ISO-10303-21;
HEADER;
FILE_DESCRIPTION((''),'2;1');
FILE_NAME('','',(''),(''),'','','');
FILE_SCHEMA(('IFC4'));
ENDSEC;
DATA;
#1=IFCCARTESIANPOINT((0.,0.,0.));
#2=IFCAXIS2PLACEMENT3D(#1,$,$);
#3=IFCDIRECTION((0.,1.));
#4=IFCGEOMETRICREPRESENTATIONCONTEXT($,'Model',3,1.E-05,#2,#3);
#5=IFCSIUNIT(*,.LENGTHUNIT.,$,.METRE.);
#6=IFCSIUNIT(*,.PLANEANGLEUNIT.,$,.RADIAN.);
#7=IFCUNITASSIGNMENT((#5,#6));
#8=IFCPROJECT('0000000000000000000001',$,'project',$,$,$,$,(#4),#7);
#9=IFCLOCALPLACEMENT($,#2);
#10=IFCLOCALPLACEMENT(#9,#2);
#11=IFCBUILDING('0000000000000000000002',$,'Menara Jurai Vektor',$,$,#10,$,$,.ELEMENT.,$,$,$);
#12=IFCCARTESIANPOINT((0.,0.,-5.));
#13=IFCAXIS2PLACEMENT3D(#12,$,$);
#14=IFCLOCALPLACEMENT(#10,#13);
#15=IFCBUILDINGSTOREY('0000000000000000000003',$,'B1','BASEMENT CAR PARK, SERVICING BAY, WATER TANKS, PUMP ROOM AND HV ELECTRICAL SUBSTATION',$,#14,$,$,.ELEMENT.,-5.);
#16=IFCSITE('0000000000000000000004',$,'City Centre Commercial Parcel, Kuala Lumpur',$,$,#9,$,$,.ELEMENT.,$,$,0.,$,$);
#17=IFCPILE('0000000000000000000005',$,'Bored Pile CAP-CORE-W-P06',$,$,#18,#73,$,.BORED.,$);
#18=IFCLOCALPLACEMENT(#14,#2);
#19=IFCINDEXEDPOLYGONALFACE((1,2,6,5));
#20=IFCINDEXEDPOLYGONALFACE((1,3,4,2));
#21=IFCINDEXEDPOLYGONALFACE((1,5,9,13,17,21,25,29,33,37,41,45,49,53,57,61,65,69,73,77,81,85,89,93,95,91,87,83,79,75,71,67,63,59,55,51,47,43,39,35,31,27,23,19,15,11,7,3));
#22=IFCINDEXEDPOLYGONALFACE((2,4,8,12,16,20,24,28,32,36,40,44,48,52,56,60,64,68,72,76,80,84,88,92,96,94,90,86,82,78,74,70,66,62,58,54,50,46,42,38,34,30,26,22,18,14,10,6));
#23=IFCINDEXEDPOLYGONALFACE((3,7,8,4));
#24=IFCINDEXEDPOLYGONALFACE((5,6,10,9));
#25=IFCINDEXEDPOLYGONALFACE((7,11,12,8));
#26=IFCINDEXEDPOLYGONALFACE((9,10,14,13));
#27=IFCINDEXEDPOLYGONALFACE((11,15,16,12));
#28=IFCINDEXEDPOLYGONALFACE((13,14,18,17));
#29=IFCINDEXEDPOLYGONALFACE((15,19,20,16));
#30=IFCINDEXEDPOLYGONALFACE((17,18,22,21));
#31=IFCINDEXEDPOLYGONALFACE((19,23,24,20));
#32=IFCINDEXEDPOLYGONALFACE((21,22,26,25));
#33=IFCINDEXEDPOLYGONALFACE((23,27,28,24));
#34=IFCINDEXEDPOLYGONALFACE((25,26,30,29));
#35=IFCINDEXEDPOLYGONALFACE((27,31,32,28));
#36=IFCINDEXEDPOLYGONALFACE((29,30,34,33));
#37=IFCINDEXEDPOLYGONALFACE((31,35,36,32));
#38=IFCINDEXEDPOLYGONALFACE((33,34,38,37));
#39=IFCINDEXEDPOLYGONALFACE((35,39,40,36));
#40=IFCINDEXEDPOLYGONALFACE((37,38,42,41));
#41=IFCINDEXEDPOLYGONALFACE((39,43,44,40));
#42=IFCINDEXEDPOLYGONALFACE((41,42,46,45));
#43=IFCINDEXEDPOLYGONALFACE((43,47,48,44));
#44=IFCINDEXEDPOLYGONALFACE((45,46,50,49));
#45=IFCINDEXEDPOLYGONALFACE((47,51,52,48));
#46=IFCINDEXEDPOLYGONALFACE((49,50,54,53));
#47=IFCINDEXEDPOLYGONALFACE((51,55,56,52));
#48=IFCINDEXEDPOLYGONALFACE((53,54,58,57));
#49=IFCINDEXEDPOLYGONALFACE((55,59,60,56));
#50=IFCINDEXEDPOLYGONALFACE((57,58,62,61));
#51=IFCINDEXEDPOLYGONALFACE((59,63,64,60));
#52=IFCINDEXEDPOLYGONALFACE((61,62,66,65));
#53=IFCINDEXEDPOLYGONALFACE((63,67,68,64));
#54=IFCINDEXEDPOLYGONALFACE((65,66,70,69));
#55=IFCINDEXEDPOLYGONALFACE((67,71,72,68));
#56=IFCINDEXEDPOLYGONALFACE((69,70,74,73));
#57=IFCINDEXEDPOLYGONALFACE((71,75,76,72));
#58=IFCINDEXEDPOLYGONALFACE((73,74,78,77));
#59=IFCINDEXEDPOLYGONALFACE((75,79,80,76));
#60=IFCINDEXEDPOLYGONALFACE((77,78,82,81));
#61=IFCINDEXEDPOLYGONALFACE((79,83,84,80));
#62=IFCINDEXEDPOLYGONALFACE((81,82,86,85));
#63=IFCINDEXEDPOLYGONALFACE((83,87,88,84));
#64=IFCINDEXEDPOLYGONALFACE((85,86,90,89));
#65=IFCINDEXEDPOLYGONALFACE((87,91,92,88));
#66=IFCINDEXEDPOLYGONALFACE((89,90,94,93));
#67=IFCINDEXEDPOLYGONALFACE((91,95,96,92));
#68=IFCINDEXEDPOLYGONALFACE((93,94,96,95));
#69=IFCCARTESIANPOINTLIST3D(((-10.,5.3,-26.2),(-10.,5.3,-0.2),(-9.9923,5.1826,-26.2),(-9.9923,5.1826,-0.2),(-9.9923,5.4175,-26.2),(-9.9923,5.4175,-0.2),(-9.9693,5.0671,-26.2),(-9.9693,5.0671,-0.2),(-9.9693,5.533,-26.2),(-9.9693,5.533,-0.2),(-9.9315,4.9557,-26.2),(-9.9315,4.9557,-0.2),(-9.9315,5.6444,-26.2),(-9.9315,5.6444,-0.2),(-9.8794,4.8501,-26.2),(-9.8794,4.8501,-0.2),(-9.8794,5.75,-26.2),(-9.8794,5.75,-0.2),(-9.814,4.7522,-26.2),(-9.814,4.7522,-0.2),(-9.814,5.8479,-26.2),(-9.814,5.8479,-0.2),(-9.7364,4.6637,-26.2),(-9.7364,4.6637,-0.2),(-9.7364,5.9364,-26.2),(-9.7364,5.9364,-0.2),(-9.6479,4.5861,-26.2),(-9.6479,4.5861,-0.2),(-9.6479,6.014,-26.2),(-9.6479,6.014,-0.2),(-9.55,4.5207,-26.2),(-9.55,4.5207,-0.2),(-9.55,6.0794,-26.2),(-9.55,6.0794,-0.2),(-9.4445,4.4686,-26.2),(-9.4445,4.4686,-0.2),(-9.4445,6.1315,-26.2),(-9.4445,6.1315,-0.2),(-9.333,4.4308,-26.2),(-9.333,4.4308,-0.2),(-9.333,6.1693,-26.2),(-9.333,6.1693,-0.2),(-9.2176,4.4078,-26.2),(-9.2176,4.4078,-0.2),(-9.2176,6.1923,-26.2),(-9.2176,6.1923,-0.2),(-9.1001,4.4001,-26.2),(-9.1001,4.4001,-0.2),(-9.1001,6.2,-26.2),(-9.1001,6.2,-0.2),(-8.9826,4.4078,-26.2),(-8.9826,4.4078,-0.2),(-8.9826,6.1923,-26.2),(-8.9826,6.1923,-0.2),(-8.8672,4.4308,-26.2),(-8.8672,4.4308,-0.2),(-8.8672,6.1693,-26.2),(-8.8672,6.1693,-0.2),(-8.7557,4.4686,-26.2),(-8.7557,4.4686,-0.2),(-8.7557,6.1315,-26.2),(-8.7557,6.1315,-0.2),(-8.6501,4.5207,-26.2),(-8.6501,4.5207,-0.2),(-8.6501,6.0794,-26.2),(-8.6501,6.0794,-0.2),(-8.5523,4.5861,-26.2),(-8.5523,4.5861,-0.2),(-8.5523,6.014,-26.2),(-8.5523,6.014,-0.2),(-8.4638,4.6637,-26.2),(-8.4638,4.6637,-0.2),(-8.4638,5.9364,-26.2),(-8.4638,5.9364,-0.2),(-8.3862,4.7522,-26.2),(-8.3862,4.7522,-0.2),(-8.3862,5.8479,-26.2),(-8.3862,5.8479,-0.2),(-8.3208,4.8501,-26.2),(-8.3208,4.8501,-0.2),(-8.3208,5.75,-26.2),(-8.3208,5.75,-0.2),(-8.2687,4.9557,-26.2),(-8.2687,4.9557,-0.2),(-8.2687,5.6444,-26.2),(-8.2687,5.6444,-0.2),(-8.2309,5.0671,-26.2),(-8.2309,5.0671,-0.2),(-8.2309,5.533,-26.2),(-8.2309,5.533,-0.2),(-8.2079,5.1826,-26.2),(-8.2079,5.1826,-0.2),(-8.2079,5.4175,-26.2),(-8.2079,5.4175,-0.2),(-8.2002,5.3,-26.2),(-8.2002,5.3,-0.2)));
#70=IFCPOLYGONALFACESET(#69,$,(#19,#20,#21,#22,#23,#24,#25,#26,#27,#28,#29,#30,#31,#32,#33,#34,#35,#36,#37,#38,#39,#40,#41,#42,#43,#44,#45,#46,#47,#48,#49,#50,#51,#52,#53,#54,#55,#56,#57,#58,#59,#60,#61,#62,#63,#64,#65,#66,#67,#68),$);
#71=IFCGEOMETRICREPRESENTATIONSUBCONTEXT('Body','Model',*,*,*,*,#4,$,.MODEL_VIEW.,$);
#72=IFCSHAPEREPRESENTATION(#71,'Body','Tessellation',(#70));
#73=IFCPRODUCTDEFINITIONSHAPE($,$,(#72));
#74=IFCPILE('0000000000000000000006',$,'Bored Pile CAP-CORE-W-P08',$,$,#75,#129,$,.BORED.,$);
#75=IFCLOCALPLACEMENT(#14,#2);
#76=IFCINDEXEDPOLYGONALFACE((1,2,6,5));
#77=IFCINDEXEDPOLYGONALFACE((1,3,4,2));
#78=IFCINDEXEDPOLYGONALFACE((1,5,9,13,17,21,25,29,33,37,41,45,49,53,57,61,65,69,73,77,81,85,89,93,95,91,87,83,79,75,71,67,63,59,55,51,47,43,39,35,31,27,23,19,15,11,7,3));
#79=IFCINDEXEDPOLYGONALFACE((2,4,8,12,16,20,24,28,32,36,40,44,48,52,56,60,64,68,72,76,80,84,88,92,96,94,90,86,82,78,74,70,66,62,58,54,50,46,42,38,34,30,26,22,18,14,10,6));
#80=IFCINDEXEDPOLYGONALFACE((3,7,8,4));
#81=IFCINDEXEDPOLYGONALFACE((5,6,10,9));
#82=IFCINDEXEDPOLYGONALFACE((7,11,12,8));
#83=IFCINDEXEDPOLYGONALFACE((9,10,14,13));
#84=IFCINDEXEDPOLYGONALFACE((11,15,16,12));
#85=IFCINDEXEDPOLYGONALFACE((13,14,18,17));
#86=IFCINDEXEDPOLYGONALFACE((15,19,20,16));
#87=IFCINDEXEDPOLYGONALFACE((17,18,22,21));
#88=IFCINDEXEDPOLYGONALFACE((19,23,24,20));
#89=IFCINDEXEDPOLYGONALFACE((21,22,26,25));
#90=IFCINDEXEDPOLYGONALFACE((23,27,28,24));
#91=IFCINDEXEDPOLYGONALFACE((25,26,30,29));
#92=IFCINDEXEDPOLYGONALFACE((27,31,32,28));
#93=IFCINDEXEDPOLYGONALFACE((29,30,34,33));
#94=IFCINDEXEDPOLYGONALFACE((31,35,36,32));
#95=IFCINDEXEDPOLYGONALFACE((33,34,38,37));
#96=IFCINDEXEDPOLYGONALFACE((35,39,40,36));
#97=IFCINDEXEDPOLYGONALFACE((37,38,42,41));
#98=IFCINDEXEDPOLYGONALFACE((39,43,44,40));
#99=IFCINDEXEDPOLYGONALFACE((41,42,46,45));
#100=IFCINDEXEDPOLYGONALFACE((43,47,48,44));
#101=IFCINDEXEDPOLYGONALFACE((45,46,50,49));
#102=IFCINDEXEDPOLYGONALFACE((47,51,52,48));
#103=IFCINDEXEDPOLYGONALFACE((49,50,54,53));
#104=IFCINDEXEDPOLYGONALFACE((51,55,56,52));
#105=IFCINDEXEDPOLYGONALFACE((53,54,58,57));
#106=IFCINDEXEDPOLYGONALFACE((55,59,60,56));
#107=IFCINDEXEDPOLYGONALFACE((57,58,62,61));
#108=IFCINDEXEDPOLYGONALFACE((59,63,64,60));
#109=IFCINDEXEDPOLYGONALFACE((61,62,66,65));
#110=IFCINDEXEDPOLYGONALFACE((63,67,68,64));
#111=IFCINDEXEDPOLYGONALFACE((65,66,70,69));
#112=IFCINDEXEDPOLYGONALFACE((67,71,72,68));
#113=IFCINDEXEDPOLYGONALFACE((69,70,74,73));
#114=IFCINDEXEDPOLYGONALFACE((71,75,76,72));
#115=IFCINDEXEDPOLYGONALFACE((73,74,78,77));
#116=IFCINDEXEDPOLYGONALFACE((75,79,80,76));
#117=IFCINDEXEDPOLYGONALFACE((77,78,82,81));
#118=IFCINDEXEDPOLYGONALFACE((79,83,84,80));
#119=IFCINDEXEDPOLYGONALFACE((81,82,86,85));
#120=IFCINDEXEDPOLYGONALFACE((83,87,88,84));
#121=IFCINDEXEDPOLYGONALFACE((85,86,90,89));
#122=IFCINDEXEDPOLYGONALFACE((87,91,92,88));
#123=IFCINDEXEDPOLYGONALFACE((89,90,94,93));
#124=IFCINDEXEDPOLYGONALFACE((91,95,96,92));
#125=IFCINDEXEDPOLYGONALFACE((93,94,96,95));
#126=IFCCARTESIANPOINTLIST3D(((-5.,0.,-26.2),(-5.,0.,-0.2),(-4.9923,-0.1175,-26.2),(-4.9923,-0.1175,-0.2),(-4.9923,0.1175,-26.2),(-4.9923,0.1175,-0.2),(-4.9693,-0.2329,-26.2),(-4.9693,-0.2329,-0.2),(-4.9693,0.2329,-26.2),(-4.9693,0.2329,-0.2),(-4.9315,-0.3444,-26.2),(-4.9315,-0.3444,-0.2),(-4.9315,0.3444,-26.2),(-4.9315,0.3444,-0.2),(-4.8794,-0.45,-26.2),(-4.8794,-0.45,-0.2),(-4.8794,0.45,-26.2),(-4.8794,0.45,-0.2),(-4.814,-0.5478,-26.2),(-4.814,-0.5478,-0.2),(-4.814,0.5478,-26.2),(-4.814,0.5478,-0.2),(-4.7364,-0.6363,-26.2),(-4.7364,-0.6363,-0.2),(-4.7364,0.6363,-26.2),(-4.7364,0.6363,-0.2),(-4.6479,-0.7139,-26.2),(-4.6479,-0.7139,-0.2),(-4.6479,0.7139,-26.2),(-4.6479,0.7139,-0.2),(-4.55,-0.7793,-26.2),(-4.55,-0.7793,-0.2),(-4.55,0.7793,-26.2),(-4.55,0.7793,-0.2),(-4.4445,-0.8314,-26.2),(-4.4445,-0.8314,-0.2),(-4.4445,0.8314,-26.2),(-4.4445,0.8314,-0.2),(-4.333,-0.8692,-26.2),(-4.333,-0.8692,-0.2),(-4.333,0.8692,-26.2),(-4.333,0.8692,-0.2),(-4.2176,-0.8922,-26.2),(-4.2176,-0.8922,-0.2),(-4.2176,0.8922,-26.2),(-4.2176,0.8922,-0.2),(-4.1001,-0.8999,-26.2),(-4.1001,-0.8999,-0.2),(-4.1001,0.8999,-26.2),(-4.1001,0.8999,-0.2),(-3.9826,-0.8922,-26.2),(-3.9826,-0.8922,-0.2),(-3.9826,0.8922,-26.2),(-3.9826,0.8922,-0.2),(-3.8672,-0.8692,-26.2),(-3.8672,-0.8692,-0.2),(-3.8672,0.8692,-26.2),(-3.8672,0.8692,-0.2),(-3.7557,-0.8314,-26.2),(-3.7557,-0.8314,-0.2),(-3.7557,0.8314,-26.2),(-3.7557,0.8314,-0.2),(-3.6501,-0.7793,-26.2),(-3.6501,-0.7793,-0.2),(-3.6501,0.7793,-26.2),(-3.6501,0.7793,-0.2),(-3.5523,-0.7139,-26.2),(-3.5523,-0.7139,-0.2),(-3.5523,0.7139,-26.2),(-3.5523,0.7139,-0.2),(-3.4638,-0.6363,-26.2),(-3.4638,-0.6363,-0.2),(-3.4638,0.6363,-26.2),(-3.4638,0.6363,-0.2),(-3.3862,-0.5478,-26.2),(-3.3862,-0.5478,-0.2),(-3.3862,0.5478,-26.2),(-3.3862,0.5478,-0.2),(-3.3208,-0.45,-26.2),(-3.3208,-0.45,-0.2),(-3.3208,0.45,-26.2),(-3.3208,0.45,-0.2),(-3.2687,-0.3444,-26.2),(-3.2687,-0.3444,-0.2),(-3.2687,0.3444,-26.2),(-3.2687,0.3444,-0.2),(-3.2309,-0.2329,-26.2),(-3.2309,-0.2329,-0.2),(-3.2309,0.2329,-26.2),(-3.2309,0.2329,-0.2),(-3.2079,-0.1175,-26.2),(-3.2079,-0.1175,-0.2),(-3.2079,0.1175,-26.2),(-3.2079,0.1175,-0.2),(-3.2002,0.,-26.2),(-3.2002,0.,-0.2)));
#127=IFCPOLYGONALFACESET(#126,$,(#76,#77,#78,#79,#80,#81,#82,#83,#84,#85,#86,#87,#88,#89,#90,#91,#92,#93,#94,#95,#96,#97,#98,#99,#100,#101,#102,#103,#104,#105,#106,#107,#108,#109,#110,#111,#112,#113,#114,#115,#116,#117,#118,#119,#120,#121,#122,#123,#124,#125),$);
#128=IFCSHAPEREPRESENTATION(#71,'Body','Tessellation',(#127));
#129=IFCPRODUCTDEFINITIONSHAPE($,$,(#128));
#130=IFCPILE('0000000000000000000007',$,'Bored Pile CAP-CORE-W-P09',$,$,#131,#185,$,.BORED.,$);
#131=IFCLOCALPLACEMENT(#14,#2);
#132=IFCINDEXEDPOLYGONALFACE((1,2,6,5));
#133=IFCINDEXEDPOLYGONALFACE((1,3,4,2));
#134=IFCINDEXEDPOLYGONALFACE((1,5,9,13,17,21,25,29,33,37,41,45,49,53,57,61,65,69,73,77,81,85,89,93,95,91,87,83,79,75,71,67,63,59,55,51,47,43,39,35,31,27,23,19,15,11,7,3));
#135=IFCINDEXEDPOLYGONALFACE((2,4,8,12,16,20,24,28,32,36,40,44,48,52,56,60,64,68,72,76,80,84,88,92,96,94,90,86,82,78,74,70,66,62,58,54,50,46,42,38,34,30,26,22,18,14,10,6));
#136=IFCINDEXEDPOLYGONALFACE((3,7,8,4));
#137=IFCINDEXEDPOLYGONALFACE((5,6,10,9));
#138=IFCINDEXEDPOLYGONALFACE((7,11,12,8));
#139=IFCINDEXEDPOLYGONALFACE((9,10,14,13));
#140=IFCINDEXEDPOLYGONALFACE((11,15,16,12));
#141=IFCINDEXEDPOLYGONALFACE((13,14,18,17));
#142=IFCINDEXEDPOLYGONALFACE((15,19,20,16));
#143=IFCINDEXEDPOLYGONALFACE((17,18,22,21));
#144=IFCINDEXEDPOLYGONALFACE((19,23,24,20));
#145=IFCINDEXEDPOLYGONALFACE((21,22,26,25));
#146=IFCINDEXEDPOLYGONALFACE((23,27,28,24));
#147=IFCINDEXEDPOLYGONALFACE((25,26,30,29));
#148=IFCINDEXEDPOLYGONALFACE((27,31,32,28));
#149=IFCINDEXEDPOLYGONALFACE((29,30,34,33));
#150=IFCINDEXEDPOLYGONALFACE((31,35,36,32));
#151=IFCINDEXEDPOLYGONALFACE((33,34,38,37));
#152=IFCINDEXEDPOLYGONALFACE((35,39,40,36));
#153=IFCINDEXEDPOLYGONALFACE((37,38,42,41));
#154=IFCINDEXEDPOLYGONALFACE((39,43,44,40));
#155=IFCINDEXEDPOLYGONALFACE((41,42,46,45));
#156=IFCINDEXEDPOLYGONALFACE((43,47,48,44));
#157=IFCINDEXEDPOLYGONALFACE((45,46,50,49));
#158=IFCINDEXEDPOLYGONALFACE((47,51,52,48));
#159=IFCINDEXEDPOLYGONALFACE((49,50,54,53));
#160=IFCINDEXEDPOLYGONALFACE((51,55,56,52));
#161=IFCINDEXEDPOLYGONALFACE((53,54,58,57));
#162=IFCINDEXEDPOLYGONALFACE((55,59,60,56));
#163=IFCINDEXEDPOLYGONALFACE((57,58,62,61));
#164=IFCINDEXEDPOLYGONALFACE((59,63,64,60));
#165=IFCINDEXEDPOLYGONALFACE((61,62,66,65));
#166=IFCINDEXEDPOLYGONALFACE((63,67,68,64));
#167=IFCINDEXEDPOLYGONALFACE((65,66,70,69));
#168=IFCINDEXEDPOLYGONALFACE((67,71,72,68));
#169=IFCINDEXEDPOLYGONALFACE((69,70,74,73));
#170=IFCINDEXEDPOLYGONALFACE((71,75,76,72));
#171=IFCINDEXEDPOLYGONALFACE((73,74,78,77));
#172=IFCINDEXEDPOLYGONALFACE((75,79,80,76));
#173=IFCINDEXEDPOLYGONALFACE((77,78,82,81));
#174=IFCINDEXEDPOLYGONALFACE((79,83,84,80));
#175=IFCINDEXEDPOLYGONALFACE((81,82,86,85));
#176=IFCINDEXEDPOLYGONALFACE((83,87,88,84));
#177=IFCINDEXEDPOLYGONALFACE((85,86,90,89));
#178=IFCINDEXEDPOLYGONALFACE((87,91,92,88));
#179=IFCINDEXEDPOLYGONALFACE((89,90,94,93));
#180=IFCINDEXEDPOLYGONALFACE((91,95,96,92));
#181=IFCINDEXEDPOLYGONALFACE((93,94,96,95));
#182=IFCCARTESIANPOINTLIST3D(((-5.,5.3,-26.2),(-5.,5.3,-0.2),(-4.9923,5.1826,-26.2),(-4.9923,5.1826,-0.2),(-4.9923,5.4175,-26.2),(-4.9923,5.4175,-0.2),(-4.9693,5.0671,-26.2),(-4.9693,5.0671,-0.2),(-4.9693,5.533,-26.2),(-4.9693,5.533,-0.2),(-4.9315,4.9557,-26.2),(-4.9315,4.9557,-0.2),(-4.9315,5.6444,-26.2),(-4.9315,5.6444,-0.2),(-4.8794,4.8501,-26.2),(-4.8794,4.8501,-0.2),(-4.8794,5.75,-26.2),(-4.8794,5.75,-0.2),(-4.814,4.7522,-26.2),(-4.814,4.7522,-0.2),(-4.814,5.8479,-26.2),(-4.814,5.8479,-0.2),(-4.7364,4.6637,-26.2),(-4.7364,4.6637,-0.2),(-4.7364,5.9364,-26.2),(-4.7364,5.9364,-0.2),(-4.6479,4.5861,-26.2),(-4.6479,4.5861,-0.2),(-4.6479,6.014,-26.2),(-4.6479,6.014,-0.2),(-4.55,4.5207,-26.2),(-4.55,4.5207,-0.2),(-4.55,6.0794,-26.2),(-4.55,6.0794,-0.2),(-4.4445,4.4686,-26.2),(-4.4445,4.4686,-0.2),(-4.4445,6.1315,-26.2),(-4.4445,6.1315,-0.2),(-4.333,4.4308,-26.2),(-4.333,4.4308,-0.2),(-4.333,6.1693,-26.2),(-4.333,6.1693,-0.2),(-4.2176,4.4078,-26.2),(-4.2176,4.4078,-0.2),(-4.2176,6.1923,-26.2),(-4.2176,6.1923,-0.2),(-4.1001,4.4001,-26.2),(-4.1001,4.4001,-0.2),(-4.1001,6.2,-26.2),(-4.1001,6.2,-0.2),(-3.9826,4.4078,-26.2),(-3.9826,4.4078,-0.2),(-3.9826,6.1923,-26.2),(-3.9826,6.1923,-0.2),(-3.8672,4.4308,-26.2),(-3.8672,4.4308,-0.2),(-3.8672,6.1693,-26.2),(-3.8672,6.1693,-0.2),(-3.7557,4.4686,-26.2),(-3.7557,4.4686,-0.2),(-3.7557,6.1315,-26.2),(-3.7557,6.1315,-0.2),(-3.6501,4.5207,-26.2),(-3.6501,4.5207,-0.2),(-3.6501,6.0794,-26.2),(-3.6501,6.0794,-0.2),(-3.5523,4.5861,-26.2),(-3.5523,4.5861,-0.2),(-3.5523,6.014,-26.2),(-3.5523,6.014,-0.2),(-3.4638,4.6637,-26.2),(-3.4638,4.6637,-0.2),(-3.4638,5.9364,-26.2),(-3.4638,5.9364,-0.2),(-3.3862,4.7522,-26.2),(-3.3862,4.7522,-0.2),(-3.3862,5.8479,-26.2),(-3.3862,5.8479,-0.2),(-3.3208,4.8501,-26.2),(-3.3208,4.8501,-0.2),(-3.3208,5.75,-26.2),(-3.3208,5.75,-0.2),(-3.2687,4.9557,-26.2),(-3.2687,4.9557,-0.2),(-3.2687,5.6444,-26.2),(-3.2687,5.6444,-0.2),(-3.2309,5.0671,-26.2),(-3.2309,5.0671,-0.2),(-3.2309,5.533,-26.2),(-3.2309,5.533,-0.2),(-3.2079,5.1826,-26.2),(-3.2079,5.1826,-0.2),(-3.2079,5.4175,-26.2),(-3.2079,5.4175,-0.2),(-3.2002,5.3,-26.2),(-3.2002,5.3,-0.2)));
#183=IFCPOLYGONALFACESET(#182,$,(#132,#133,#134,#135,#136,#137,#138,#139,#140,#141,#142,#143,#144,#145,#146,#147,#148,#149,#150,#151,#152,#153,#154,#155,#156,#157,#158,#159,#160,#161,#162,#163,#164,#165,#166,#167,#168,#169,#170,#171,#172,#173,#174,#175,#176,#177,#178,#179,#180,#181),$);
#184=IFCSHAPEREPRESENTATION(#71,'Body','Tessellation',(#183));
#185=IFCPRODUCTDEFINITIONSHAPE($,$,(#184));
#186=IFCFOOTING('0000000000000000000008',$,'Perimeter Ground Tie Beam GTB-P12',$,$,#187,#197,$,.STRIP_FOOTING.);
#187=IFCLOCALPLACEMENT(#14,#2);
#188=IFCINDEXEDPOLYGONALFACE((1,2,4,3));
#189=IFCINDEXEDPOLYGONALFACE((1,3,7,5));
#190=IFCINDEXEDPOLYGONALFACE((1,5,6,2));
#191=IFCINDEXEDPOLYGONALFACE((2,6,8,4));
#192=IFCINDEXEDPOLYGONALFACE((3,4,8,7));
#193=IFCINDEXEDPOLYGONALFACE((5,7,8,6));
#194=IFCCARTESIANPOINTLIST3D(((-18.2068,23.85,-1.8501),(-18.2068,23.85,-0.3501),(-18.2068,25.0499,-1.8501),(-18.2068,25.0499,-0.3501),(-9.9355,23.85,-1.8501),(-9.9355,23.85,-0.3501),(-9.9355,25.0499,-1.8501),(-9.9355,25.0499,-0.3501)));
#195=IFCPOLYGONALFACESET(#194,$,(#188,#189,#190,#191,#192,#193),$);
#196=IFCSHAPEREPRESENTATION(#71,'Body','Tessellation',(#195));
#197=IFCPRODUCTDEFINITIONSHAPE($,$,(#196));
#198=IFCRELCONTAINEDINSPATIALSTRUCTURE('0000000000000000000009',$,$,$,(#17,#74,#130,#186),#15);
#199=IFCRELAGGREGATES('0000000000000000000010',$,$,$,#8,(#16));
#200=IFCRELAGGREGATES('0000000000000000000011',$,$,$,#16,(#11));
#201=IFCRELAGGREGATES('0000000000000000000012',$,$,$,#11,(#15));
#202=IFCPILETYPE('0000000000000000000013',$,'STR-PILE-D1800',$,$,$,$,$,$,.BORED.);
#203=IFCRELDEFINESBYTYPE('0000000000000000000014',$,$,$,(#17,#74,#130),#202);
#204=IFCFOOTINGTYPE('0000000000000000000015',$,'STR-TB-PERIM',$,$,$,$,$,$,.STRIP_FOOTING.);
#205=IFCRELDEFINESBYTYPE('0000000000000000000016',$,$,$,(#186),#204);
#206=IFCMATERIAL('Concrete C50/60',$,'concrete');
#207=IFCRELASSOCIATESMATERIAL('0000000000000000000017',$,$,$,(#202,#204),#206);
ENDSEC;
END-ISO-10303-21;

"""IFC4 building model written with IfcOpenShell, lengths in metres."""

from ifc_helpers import new_model, si_unit, direction, frame, origin, origin_2d, place, context, subcontext, project, spatial, rectangle, circle, extrude, material, material_profile, profile_set, type_object, element, save


model = new_model("IFC4")

# Units and contexts
model_context = context("Model", 3, precision=1e-05, world=origin(), true_north=direction((0.0, 1.0)))
body_context = subcontext(model_context, "Body", "Model", "MODEL_VIEW")
ifc_project = project(units=[si_unit("LENGTHUNIT", "METRE"), si_unit("PLANEANGLEUNIT", "RADIAN")], contexts=[model_context])

# Site, building, storey
site_placement = place(None, origin())
site = spatial("IfcSite", under=ifc_project, at=site_placement, Name="City Centre Commercial Parcel, Kuala Lumpur", CompositionType="ELEMENT", RefElevation=0.0)
building_placement = place(site_placement, origin())
building = spatial("IfcBuilding", under=site, at=building_placement, Name="Menara Jurai Vektor", CompositionType="ELEMENT")
storey_placement = place(building_placement, frame((0.0, 0.0, -5.0)))
storey = spatial("IfcBuildingStorey", under=building, at=storey_placement, Name="B1", Description="BASEMENT CAR PARK, SERVICING BAY, WATER TANKS, PUMP ROOM AND HV ELECTRICAL SUBSTATION", CompositionType="ELEMENT", Elevation=-5.0)

# Shared definitions
ifc_material_1 = material(Name="Concrete C50/60", Category="concrete")

# Piles
ifc_material_profile_1 = material_profile(ifc_material_1, circle(Radius=0.8999, at=origin_2d()), Name="PILE D1800")
ifc_profile_set_1 = profile_set([ifc_material_profile_1], Name="Concrete C50/60")
pile_type_1 = type_object("IfcPileType", Name="STR-PILE-D1800", PredefinedType="BORED", material=ifc_profile_set_1)
for number, where, z_axis, x_axis, name in (
    (1, (-9.1001, 5.3, -0.2), (0.0, 0.0, -1.0), (1.0, 0.0, 0.0), "Bored Pile CAP-CORE-W-P06"),
    (2, (-4.1001, 0.0, -0.2), (0.0, 0.0, -1.0), (1.0, 0.0, 0.0), "Bored Pile CAP-CORE-W-P08"),
    (3, (-4.1001, 5.3, -0.2), (0.0, 0.0, -1.0), (1.0, 0.0, 0.0), "Bored Pile CAP-CORE-W-P09"),
):
    element("IfcPile", number, at=place(storey_placement, frame(where, z_axis=z_axis, x_axis=x_axis)), inside=storey, type_object=pile_type_1, Name=name, PredefinedType="BORED", context=body_context, shape_type="SweptSolid", body=[
        extrude(circle(Radius=0.8999, at=origin_2d()), origin(), (0.0, 0.0, 1.0), 26.0),
    ])

# Footing
ifc_material_profile_2 = material_profile(ifc_material_1, rectangle(XDim=1.2, YDim=1.5, at=origin_2d()), Name="RC 1200x1500")
ifc_profile_set_2 = profile_set([ifc_material_profile_2], Name="Concrete C50/60")
footing_type_1 = type_object("IfcFootingType", Name="STR-TB-PERIM", PredefinedType="STRIP_FOOTING", material=ifc_profile_set_2)
footing_1_placement = place(storey_placement, frame((-9.9355, 24.45, -1.1001), z_axis=(-1.0, 0.0, 0.0), x_axis=(0.0, -1.0, 0.0)))
element("IfcFooting", 4, at=footing_1_placement, inside=storey, type_object=footing_type_1, Name="Perimeter Ground Tie Beam GTB-P12", PredefinedType="STRIP_FOOTING", context=body_context, shape_type="SweptSolid", body=[
    extrude(rectangle(XDim=1.2, YDim=1.5, at=origin_2d()), origin(), (0.0, 0.0, 1.0), 8.2712),
])

save(model, "model.ifc")
